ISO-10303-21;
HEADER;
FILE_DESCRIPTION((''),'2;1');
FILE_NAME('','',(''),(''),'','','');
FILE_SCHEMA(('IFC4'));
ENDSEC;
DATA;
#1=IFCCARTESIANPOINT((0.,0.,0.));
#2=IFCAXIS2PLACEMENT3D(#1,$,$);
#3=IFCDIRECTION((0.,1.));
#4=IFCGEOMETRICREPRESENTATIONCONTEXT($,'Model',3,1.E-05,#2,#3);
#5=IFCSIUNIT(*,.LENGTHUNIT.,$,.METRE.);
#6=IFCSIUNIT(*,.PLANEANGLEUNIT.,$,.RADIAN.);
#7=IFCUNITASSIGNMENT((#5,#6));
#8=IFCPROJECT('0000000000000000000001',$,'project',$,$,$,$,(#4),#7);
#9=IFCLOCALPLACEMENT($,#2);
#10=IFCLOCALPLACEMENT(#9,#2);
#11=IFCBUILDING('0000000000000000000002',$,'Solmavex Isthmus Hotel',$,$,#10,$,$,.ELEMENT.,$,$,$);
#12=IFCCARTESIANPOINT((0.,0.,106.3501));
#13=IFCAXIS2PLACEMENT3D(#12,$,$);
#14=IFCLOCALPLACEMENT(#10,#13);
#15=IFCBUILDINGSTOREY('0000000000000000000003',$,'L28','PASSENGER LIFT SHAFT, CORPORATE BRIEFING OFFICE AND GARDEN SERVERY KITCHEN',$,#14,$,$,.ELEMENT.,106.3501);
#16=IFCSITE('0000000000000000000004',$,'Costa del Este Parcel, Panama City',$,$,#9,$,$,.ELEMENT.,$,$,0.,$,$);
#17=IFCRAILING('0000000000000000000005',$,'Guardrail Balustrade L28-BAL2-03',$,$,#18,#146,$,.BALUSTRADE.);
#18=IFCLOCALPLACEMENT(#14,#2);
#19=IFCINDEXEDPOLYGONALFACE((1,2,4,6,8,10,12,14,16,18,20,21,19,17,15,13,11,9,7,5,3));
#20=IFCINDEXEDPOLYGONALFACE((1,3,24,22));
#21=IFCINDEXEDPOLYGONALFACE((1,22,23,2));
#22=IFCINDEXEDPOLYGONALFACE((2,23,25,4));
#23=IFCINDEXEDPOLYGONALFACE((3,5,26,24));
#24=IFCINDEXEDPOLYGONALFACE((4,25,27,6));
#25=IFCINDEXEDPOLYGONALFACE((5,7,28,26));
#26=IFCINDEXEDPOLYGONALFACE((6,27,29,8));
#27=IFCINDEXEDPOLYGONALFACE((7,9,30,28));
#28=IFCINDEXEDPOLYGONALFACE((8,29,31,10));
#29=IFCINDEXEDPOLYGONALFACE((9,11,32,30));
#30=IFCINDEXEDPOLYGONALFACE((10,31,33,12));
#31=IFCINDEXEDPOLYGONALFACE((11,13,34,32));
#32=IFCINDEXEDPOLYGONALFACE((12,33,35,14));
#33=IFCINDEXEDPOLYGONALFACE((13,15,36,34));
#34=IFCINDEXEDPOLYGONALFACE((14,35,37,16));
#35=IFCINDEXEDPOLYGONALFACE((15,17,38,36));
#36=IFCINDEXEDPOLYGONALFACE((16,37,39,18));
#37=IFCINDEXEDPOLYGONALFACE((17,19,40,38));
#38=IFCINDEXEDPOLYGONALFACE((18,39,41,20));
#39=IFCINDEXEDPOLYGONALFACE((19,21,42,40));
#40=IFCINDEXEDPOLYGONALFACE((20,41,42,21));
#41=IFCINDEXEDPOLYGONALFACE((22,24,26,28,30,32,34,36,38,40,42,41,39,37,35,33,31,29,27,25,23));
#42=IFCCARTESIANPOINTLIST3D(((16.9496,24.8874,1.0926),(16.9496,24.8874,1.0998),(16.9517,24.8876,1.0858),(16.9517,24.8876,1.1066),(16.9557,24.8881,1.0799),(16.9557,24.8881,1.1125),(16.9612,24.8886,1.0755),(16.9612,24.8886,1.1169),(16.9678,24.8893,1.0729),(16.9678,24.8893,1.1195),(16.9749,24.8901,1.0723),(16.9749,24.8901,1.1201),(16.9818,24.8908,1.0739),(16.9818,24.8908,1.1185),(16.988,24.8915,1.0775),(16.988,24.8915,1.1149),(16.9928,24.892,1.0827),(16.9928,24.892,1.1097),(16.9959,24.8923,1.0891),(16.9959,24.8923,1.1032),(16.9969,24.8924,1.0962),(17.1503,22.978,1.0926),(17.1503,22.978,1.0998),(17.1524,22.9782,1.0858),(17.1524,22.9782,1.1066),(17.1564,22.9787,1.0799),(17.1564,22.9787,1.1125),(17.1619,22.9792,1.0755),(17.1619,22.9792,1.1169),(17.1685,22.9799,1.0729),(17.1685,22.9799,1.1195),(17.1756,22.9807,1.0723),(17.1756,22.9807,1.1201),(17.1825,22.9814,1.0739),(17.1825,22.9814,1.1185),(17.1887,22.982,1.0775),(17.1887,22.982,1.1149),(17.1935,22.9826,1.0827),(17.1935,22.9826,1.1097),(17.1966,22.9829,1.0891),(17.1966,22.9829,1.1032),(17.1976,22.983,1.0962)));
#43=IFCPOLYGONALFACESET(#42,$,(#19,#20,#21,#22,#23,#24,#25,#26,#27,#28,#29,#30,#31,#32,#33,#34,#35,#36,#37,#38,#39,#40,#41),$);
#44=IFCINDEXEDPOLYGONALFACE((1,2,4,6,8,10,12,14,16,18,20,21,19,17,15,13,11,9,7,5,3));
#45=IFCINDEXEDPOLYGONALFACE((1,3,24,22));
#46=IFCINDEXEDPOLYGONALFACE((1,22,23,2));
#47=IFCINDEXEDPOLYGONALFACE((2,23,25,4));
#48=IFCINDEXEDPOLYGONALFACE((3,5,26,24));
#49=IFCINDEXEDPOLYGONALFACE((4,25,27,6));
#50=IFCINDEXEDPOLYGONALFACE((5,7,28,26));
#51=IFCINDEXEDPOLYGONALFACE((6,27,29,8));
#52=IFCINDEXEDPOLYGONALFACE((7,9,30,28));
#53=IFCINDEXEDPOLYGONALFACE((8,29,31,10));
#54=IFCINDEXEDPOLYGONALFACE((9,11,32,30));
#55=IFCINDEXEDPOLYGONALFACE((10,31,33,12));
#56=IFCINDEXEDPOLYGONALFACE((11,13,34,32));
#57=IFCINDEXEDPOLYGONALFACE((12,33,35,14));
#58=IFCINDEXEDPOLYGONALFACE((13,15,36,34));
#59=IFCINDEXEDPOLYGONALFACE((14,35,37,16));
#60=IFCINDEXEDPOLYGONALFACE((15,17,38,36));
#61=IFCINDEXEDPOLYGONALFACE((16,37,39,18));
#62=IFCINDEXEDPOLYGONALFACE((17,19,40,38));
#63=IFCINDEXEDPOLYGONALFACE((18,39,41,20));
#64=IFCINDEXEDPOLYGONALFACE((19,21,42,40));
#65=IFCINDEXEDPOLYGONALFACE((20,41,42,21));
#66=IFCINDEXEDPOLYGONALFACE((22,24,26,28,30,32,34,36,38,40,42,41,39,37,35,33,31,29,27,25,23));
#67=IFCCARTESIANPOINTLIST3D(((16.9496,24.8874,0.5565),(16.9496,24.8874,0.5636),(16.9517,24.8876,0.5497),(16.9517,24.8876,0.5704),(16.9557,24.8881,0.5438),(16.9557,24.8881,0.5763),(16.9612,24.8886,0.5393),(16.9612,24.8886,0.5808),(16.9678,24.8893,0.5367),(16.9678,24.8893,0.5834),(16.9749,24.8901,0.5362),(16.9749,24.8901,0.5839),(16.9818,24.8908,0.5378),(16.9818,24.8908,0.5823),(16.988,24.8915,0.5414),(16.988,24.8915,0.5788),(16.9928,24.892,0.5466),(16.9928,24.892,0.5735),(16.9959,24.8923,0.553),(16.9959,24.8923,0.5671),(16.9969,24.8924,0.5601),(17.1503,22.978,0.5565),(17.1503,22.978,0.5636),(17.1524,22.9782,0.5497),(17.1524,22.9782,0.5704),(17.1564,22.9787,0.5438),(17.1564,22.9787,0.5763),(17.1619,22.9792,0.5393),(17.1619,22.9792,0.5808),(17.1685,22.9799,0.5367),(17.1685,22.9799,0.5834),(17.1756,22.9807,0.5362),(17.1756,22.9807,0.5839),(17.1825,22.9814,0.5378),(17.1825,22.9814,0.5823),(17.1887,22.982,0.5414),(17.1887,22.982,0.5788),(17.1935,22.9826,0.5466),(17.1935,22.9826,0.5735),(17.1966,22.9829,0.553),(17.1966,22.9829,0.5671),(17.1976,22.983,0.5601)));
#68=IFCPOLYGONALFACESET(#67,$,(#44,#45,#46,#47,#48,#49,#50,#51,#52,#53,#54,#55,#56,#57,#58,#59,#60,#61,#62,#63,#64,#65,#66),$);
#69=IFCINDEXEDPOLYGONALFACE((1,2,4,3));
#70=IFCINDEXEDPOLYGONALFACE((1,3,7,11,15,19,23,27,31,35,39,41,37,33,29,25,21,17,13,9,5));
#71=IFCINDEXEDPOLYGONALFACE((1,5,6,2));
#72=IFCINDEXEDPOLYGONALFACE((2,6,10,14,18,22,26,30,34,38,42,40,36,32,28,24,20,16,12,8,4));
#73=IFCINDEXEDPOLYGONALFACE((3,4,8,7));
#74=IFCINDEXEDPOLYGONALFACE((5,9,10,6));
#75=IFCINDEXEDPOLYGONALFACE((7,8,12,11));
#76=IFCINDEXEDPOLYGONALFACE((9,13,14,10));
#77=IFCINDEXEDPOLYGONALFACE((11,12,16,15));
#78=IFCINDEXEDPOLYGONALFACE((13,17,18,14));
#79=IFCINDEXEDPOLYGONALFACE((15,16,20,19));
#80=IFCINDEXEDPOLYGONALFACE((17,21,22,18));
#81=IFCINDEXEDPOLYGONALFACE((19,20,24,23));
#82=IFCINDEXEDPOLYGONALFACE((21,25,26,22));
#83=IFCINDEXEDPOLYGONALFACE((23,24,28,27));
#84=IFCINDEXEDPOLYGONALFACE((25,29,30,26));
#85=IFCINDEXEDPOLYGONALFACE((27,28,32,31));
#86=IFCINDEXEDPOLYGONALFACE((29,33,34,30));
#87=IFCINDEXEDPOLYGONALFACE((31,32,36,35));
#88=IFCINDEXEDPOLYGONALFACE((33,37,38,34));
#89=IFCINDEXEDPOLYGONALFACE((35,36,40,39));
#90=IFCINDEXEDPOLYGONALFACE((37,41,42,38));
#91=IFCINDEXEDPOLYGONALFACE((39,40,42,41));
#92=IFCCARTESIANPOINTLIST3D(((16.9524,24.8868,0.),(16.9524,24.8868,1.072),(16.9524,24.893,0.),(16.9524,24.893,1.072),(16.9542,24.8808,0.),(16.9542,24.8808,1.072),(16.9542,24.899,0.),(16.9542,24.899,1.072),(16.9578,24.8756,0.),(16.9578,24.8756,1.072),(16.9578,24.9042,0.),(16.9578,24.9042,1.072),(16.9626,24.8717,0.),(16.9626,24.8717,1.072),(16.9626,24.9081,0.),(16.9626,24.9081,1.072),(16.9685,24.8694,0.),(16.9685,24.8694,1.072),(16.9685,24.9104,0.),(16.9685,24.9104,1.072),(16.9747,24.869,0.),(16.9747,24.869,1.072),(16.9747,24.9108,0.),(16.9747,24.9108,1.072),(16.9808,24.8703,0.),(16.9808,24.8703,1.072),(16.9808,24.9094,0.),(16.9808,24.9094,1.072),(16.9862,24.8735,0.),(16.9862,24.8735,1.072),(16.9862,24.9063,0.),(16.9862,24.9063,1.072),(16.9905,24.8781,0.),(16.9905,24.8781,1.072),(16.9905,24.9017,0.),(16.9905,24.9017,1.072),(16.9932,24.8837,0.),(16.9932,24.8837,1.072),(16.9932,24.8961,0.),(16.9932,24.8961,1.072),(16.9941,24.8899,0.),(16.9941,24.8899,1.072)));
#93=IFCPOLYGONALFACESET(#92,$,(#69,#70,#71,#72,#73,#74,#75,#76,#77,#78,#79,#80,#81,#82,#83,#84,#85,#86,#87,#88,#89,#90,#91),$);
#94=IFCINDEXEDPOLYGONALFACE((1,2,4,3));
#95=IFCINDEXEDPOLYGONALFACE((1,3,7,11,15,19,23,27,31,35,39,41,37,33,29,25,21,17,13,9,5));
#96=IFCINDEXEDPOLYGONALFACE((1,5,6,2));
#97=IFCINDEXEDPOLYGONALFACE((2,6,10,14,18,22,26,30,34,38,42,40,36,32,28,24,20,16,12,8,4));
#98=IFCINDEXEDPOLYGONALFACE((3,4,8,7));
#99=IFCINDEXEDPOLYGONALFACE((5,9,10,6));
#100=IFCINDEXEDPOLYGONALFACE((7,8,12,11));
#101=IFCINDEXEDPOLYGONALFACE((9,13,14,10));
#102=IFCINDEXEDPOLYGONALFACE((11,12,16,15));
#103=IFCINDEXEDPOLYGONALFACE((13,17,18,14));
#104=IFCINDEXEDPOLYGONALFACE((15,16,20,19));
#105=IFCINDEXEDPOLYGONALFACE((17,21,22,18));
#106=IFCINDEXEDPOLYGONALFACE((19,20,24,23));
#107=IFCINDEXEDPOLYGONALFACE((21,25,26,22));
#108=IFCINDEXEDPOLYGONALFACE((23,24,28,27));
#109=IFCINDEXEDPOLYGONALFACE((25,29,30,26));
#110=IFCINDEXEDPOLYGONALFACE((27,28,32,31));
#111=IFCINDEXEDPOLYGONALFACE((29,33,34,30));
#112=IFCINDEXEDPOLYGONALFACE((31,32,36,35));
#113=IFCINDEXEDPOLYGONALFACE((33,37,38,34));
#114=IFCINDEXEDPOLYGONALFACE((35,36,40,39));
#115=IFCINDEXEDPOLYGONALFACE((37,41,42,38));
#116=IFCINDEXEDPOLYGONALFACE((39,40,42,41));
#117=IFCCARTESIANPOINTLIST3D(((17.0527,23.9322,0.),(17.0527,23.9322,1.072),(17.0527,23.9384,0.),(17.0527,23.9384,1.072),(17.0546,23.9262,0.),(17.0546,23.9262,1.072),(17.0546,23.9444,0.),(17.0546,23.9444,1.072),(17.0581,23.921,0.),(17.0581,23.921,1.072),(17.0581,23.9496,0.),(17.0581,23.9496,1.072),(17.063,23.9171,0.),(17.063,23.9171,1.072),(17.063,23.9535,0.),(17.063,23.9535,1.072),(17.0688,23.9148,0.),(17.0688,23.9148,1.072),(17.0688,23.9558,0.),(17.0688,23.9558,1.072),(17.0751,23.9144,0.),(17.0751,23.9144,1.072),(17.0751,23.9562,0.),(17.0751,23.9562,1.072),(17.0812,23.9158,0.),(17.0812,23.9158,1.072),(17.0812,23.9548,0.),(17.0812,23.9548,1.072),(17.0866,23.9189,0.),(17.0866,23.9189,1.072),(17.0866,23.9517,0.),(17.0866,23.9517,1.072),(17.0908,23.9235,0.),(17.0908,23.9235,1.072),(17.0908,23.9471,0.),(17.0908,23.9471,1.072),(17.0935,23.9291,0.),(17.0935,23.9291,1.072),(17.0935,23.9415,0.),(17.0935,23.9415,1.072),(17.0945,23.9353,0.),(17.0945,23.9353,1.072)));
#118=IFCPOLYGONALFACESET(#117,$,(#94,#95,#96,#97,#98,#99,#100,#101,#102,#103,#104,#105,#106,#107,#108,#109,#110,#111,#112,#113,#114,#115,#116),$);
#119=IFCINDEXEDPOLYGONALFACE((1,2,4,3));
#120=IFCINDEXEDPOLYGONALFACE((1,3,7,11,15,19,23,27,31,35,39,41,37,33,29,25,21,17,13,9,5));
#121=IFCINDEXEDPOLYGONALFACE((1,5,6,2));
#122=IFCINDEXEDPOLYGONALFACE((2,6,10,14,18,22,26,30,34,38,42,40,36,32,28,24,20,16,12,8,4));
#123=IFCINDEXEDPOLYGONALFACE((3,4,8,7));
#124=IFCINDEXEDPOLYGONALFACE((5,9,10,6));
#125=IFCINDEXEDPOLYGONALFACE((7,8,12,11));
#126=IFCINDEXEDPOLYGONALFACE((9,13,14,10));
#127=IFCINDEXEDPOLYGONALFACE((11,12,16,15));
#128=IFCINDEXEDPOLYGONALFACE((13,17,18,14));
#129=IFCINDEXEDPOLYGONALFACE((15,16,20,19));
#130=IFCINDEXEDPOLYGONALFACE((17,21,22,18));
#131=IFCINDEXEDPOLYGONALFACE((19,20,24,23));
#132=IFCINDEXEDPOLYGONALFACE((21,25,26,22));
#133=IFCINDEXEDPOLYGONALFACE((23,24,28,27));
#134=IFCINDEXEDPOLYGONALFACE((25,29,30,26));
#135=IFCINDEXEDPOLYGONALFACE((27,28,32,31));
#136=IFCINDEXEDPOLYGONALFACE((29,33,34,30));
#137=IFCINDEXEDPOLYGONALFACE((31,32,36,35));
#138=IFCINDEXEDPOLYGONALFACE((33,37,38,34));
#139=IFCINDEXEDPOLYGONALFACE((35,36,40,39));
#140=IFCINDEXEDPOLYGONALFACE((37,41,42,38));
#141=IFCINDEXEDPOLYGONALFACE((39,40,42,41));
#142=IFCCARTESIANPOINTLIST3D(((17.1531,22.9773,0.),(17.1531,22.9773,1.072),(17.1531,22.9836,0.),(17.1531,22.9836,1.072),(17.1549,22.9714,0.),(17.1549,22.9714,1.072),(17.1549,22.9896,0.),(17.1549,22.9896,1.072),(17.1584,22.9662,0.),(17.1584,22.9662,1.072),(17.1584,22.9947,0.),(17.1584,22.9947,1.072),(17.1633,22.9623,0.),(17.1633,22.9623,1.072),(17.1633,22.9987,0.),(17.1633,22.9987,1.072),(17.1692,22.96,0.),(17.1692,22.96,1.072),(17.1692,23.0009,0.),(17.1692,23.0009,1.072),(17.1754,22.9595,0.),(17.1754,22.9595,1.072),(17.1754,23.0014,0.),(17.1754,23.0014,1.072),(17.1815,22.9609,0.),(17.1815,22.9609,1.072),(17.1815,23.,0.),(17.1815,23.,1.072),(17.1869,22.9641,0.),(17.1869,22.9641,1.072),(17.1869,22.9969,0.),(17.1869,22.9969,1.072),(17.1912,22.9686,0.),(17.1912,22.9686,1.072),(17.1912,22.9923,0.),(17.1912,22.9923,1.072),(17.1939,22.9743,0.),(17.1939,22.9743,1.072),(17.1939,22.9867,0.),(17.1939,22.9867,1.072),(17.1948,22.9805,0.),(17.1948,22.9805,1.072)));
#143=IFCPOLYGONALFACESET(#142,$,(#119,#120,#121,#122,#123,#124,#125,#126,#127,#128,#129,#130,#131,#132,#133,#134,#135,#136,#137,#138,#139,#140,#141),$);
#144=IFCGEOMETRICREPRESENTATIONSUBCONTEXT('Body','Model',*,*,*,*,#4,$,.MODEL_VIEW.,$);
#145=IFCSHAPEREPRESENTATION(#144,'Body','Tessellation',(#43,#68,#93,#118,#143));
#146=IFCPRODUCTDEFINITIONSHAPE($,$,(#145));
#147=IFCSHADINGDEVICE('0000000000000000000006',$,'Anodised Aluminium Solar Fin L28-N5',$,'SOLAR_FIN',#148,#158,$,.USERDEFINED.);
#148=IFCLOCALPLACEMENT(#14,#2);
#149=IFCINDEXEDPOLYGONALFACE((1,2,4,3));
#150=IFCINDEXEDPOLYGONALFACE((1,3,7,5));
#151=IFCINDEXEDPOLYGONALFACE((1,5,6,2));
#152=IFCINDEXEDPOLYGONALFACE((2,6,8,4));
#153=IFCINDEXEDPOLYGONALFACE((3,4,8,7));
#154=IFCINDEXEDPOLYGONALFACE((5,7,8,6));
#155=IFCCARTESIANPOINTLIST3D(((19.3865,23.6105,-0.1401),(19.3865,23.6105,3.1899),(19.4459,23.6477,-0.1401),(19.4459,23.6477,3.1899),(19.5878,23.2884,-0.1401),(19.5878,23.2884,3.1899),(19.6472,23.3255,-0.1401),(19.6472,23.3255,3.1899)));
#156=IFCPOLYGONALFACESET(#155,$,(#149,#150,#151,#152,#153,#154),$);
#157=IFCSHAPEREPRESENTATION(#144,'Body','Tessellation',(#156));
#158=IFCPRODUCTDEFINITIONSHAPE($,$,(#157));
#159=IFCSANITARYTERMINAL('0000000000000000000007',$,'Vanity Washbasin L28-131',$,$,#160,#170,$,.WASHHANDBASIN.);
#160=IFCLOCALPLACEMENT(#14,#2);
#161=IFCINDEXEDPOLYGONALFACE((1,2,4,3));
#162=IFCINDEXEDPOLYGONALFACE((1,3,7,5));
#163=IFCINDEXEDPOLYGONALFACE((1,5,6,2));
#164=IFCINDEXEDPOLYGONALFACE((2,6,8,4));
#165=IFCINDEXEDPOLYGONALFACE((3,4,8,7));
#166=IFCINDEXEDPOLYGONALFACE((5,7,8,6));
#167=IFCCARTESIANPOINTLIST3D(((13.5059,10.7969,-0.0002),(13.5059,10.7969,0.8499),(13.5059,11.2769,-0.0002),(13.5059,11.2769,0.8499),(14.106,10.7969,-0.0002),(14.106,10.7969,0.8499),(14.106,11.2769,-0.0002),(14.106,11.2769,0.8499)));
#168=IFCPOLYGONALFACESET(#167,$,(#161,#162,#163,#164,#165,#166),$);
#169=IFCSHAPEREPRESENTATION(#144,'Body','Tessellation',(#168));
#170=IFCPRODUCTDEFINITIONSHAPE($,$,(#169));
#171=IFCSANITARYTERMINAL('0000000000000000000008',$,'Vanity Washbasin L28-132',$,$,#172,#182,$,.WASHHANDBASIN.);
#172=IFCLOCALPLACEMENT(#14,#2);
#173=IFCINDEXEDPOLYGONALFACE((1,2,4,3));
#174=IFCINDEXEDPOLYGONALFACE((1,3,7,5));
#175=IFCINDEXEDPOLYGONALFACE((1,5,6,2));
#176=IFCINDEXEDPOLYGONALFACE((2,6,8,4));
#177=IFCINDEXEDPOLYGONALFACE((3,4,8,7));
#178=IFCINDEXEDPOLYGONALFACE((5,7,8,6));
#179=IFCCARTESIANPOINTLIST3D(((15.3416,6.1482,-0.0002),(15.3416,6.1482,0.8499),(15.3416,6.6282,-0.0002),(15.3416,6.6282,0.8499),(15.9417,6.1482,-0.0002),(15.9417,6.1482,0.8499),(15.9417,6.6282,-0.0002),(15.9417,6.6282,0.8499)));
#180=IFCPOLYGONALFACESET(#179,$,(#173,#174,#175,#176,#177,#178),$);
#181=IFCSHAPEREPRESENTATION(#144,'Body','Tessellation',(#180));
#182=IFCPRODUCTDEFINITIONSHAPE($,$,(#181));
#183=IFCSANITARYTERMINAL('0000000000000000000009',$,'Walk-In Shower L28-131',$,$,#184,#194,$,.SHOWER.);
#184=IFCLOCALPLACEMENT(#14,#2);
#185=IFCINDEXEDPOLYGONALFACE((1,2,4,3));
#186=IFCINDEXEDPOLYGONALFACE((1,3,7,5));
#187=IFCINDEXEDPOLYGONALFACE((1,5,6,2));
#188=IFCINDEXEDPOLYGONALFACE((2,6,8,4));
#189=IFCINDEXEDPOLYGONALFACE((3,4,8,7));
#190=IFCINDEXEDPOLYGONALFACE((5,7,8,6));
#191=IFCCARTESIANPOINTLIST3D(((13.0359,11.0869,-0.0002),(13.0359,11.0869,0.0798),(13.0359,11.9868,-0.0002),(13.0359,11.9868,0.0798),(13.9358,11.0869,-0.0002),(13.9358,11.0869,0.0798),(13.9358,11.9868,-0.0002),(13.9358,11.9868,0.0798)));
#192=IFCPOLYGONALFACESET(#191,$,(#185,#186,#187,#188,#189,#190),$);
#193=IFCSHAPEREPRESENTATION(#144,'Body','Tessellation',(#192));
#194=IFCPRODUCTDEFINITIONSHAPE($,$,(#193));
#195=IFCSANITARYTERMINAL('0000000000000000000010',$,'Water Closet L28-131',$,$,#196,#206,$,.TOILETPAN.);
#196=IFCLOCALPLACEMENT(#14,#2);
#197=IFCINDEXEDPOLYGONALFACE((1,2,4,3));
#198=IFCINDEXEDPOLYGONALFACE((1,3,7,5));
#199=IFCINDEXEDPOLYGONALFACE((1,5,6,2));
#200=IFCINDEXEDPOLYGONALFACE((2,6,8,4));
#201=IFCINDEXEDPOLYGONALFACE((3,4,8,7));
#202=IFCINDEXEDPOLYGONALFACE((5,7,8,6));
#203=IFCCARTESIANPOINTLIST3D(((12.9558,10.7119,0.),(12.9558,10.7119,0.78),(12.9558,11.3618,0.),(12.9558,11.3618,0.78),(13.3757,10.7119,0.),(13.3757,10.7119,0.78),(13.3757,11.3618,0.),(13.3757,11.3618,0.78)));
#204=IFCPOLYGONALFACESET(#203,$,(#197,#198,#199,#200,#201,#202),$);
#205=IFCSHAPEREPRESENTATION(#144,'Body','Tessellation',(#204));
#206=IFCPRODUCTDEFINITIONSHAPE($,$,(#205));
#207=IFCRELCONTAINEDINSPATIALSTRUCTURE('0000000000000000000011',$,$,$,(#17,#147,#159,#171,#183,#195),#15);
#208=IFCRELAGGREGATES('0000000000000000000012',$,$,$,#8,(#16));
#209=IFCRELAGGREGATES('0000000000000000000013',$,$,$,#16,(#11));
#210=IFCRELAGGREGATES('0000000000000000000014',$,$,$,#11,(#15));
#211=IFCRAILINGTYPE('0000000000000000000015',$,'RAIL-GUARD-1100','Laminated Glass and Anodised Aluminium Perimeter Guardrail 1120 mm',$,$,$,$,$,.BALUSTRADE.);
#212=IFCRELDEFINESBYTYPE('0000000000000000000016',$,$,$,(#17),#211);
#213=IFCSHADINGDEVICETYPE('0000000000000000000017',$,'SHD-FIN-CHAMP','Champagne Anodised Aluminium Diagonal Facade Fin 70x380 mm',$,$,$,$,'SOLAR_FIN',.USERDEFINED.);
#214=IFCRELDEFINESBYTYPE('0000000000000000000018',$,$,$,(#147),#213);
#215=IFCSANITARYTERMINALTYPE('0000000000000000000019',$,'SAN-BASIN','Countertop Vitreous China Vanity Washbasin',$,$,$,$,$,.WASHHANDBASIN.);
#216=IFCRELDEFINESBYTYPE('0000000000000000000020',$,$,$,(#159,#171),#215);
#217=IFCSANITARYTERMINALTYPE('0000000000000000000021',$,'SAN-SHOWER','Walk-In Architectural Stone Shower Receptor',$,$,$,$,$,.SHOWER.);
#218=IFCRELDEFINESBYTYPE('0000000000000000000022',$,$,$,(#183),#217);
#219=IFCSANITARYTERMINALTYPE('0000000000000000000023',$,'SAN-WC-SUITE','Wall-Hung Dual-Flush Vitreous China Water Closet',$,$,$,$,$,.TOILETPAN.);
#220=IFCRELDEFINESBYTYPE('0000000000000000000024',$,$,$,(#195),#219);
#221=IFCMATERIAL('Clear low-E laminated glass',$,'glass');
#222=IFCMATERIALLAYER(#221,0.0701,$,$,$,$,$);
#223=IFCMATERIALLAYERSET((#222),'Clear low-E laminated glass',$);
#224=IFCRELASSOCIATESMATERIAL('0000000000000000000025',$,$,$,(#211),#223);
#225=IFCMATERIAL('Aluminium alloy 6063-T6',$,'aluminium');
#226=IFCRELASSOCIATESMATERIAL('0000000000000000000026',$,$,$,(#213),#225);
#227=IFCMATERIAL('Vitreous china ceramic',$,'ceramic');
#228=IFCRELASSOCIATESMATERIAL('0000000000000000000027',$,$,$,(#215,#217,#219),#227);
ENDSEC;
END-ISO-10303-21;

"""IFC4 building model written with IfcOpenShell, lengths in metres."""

from ifc_helpers import new_model, si_unit, direction, frame, origin, origin_2d, place, context, subcontext, project, spatial, rectangle, circle, extrude, material, layer, layer_set, type_object, element, save


model = new_model("IFC4")

# Units and contexts
model_context = context("Model", 3, precision=1e-05, world=origin(), true_north=direction((0.0, 1.0)))
body_context = subcontext(model_context, "Body", "Model", "MODEL_VIEW")
ifc_project = project(units=[si_unit("LENGTHUNIT", "METRE"), si_unit("PLANEANGLEUNIT", "RADIAN")], contexts=[model_context])

# Site, building, storey
site_placement = place(None, origin())
site = spatial("IfcSite", under=ifc_project, at=site_placement, Name="Costa del Este Parcel, Panama City", CompositionType="ELEMENT", RefElevation=0.0)
building_placement = place(site_placement, origin())
building = spatial("IfcBuilding", under=site, at=building_placement, Name="Solmavex Isthmus Hotel", CompositionType="ELEMENT")
storey_placement = place(building_placement, frame((0.0, 0.0, 106.3501)))
storey = spatial("IfcBuildingStorey", under=building, at=storey_placement, Name="L28", Description="PASSENGER LIFT SHAFT, CORPORATE BRIEFING OFFICE AND GARDEN SERVERY KITCHEN", CompositionType="ELEMENT", Elevation=106.3501)

# Shared definitions
ifc_material_1 = material(Name="Aluminium alloy 6063-T6", Category="aluminium")

# Shared definitions
ifc_material_2 = material(Name="Clear low-E laminated glass", Category="glass")

# Railing
ifc_layer_1 = layer(ifc_material_2, 0.0701)
ifc_layer_set_1 = layer_set([ifc_layer_1], Name="Clear low-E laminated glass")
railing_type = type_object("IfcRailingType", Name="RAIL-GUARD-1100", Description="Laminated Glass and Anodised Aluminium Perimeter Guardrail 1120 mm", PredefinedType="BALUSTRADE", material=ifc_layer_set_1)
railing_1_placement = place(storey_placement, frame((16.9731, 24.8899, 0.0)))
element("IfcRailing", 1, at=railing_1_placement, inside=storey, type_object=railing_type, Name="Guardrail Balustrade L28-BAL2-03", PredefinedType="BALUSTRADE", context=body_context, shape_type="SweptSolid", body=[
    extrude(circle(Radius=0.0239, at=origin_2d()), frame((0.0, 0.0, 1.0962), z_axis=(0.104526, -0.994522, 0.0), x_axis=(0.994522, 0.104526, 0.0)), (0.0, 0.0, 1.0), 1.9199),
    extrude(circle(Radius=0.0239, at=origin_2d()), frame((0.0, 0.0, 0.5601), z_axis=(0.104526, -0.994522, 0.0), x_axis=(0.994522, 0.104526, 0.0)), (0.0, 0.0, 1.0), 1.9199),
    extrude(circle(Radius=0.021, at=origin_2d()), origin(), (0.0, 0.0, 1.0), 1.072),
    extrude(circle(Radius=0.021, at=origin_2d()), frame((0.1003, -0.9546, 0.0)), (0.0, 0.0, 1.0), 1.072),
    extrude(circle(Radius=0.021, at=origin_2d()), frame((0.2007, -1.9094, 0.0)), (0.0, 0.0, 1.0), 1.072),
])

# Shading device
shading_device_type = type_object("IfcShadingDeviceType", Name="SHD-FIN-CHAMP", Description="Champagne Anodised Aluminium Diagonal Facade Fin 70x380 mm", ElementType="SOLAR_FIN", PredefinedType="USERDEFINED", material=ifc_material_1)
shading_device_placement = place(storey_placement, frame((19.5168, 23.468, -0.1401), z_axis=(0.0, 0.0, 1.0), x_axis=(-0.529919, 0.848048, 0.0)))
element("IfcShadingDevice", 2, at=shading_device_placement, inside=storey, type_object=shading_device_type, Name="Anodised Aluminium Solar Fin L28-N5", ObjectType="SOLAR_FIN", PredefinedType="USERDEFINED", context=body_context, shape_type="SweptSolid", body=[
    extrude(rectangle(XDim=0.3799, YDim=0.0701, at=origin_2d()), origin(), (0.0, 0.0, 1.0), 3.3301),
])

# Sanitary terminals
ifc_material_3 = material(Name="Vitreous china ceramic", Category="ceramic")
sanitary_terminal_type_1 = type_object("IfcSanitaryTerminalType", Name="SAN-BASIN", Description="Countertop Vitreous China Vanity Washbasin", PredefinedType="WASHHANDBASIN", material=ifc_material_3)
for number, where, z_axis, x_axis, name in (
    (3, (13.8059, 11.0369, -0.0002), (0.0, 0.0, 1.0), (1.0, 0.0, 0.0), "Vanity Washbasin L28-131"),
    (4, (15.6416, 6.3882, -0.0002), (0.0, 0.0, 1.0), (1.0, 0.0, 0.0), "Vanity Washbasin L28-132"),
):
    element("IfcSanitaryTerminal", number, at=place(storey_placement, frame(where, z_axis=z_axis, x_axis=x_axis)), inside=storey, type_object=sanitary_terminal_type_1, Name=name, PredefinedType="WASHHANDBASIN", context=body_context, shape_type="SweptSolid", body=[
        extrude(rectangle(XDim=0.6001, YDim=0.48, at=origin_2d()), origin(), (0.0, 0.0, 1.0), 0.8501),
    ])
sanitary_terminal_type_2 = type_object("IfcSanitaryTerminalType", Name="SAN-SHOWER", Description="Walk-In Architectural Stone Shower Receptor", PredefinedType="SHOWER", material=ifc_material_3)
sanitary_terminal_placement = place(storey_placement, frame((13.4858, 11.5369, -0.0002), z_axis=(0.0, 0.0, 1.0), x_axis=(1.0, 0.0, 0.0)))
element("IfcSanitaryTerminal", 5, at=sanitary_terminal_placement, inside=storey, type_object=sanitary_terminal_type_2, Name="Walk-In Shower L28-131", PredefinedType="SHOWER", context=body_context, shape_type="SweptSolid", body=[
    extrude(rectangle(XDim=0.8999, YDim=0.8999, at=origin_2d()), origin(), (0.0, 0.0, 1.0), 0.0801),
])
sanitary_terminal_type_3 = type_object("IfcSanitaryTerminalType", Name="SAN-WC-SUITE", Description="Wall-Hung Dual-Flush Vitreous China Water Closet", PredefinedType="TOILETPAN", material=ifc_material_3)
for number, where, z_axis, x_axis, name in (
    (6, (13.1658, 11.0369, 0.0), (0.0, 0.0, 1.0), (1.0, 0.0, 0.0), "Water Closet L28-131"),
):
    element("IfcSanitaryTerminal", number, at=place(storey_placement, frame(where, z_axis=z_axis, x_axis=x_axis)), inside=storey, type_object=sanitary_terminal_type_3, Name=name, PredefinedType="TOILETPAN", context=body_context, shape_type="SweptSolid", body=[
        extrude(rectangle(XDim=0.4199, YDim=0.6499, at=origin_2d()), origin(), (0.0, 0.0, 1.0), 0.78),
    ])

save(model, "model.ifc")
